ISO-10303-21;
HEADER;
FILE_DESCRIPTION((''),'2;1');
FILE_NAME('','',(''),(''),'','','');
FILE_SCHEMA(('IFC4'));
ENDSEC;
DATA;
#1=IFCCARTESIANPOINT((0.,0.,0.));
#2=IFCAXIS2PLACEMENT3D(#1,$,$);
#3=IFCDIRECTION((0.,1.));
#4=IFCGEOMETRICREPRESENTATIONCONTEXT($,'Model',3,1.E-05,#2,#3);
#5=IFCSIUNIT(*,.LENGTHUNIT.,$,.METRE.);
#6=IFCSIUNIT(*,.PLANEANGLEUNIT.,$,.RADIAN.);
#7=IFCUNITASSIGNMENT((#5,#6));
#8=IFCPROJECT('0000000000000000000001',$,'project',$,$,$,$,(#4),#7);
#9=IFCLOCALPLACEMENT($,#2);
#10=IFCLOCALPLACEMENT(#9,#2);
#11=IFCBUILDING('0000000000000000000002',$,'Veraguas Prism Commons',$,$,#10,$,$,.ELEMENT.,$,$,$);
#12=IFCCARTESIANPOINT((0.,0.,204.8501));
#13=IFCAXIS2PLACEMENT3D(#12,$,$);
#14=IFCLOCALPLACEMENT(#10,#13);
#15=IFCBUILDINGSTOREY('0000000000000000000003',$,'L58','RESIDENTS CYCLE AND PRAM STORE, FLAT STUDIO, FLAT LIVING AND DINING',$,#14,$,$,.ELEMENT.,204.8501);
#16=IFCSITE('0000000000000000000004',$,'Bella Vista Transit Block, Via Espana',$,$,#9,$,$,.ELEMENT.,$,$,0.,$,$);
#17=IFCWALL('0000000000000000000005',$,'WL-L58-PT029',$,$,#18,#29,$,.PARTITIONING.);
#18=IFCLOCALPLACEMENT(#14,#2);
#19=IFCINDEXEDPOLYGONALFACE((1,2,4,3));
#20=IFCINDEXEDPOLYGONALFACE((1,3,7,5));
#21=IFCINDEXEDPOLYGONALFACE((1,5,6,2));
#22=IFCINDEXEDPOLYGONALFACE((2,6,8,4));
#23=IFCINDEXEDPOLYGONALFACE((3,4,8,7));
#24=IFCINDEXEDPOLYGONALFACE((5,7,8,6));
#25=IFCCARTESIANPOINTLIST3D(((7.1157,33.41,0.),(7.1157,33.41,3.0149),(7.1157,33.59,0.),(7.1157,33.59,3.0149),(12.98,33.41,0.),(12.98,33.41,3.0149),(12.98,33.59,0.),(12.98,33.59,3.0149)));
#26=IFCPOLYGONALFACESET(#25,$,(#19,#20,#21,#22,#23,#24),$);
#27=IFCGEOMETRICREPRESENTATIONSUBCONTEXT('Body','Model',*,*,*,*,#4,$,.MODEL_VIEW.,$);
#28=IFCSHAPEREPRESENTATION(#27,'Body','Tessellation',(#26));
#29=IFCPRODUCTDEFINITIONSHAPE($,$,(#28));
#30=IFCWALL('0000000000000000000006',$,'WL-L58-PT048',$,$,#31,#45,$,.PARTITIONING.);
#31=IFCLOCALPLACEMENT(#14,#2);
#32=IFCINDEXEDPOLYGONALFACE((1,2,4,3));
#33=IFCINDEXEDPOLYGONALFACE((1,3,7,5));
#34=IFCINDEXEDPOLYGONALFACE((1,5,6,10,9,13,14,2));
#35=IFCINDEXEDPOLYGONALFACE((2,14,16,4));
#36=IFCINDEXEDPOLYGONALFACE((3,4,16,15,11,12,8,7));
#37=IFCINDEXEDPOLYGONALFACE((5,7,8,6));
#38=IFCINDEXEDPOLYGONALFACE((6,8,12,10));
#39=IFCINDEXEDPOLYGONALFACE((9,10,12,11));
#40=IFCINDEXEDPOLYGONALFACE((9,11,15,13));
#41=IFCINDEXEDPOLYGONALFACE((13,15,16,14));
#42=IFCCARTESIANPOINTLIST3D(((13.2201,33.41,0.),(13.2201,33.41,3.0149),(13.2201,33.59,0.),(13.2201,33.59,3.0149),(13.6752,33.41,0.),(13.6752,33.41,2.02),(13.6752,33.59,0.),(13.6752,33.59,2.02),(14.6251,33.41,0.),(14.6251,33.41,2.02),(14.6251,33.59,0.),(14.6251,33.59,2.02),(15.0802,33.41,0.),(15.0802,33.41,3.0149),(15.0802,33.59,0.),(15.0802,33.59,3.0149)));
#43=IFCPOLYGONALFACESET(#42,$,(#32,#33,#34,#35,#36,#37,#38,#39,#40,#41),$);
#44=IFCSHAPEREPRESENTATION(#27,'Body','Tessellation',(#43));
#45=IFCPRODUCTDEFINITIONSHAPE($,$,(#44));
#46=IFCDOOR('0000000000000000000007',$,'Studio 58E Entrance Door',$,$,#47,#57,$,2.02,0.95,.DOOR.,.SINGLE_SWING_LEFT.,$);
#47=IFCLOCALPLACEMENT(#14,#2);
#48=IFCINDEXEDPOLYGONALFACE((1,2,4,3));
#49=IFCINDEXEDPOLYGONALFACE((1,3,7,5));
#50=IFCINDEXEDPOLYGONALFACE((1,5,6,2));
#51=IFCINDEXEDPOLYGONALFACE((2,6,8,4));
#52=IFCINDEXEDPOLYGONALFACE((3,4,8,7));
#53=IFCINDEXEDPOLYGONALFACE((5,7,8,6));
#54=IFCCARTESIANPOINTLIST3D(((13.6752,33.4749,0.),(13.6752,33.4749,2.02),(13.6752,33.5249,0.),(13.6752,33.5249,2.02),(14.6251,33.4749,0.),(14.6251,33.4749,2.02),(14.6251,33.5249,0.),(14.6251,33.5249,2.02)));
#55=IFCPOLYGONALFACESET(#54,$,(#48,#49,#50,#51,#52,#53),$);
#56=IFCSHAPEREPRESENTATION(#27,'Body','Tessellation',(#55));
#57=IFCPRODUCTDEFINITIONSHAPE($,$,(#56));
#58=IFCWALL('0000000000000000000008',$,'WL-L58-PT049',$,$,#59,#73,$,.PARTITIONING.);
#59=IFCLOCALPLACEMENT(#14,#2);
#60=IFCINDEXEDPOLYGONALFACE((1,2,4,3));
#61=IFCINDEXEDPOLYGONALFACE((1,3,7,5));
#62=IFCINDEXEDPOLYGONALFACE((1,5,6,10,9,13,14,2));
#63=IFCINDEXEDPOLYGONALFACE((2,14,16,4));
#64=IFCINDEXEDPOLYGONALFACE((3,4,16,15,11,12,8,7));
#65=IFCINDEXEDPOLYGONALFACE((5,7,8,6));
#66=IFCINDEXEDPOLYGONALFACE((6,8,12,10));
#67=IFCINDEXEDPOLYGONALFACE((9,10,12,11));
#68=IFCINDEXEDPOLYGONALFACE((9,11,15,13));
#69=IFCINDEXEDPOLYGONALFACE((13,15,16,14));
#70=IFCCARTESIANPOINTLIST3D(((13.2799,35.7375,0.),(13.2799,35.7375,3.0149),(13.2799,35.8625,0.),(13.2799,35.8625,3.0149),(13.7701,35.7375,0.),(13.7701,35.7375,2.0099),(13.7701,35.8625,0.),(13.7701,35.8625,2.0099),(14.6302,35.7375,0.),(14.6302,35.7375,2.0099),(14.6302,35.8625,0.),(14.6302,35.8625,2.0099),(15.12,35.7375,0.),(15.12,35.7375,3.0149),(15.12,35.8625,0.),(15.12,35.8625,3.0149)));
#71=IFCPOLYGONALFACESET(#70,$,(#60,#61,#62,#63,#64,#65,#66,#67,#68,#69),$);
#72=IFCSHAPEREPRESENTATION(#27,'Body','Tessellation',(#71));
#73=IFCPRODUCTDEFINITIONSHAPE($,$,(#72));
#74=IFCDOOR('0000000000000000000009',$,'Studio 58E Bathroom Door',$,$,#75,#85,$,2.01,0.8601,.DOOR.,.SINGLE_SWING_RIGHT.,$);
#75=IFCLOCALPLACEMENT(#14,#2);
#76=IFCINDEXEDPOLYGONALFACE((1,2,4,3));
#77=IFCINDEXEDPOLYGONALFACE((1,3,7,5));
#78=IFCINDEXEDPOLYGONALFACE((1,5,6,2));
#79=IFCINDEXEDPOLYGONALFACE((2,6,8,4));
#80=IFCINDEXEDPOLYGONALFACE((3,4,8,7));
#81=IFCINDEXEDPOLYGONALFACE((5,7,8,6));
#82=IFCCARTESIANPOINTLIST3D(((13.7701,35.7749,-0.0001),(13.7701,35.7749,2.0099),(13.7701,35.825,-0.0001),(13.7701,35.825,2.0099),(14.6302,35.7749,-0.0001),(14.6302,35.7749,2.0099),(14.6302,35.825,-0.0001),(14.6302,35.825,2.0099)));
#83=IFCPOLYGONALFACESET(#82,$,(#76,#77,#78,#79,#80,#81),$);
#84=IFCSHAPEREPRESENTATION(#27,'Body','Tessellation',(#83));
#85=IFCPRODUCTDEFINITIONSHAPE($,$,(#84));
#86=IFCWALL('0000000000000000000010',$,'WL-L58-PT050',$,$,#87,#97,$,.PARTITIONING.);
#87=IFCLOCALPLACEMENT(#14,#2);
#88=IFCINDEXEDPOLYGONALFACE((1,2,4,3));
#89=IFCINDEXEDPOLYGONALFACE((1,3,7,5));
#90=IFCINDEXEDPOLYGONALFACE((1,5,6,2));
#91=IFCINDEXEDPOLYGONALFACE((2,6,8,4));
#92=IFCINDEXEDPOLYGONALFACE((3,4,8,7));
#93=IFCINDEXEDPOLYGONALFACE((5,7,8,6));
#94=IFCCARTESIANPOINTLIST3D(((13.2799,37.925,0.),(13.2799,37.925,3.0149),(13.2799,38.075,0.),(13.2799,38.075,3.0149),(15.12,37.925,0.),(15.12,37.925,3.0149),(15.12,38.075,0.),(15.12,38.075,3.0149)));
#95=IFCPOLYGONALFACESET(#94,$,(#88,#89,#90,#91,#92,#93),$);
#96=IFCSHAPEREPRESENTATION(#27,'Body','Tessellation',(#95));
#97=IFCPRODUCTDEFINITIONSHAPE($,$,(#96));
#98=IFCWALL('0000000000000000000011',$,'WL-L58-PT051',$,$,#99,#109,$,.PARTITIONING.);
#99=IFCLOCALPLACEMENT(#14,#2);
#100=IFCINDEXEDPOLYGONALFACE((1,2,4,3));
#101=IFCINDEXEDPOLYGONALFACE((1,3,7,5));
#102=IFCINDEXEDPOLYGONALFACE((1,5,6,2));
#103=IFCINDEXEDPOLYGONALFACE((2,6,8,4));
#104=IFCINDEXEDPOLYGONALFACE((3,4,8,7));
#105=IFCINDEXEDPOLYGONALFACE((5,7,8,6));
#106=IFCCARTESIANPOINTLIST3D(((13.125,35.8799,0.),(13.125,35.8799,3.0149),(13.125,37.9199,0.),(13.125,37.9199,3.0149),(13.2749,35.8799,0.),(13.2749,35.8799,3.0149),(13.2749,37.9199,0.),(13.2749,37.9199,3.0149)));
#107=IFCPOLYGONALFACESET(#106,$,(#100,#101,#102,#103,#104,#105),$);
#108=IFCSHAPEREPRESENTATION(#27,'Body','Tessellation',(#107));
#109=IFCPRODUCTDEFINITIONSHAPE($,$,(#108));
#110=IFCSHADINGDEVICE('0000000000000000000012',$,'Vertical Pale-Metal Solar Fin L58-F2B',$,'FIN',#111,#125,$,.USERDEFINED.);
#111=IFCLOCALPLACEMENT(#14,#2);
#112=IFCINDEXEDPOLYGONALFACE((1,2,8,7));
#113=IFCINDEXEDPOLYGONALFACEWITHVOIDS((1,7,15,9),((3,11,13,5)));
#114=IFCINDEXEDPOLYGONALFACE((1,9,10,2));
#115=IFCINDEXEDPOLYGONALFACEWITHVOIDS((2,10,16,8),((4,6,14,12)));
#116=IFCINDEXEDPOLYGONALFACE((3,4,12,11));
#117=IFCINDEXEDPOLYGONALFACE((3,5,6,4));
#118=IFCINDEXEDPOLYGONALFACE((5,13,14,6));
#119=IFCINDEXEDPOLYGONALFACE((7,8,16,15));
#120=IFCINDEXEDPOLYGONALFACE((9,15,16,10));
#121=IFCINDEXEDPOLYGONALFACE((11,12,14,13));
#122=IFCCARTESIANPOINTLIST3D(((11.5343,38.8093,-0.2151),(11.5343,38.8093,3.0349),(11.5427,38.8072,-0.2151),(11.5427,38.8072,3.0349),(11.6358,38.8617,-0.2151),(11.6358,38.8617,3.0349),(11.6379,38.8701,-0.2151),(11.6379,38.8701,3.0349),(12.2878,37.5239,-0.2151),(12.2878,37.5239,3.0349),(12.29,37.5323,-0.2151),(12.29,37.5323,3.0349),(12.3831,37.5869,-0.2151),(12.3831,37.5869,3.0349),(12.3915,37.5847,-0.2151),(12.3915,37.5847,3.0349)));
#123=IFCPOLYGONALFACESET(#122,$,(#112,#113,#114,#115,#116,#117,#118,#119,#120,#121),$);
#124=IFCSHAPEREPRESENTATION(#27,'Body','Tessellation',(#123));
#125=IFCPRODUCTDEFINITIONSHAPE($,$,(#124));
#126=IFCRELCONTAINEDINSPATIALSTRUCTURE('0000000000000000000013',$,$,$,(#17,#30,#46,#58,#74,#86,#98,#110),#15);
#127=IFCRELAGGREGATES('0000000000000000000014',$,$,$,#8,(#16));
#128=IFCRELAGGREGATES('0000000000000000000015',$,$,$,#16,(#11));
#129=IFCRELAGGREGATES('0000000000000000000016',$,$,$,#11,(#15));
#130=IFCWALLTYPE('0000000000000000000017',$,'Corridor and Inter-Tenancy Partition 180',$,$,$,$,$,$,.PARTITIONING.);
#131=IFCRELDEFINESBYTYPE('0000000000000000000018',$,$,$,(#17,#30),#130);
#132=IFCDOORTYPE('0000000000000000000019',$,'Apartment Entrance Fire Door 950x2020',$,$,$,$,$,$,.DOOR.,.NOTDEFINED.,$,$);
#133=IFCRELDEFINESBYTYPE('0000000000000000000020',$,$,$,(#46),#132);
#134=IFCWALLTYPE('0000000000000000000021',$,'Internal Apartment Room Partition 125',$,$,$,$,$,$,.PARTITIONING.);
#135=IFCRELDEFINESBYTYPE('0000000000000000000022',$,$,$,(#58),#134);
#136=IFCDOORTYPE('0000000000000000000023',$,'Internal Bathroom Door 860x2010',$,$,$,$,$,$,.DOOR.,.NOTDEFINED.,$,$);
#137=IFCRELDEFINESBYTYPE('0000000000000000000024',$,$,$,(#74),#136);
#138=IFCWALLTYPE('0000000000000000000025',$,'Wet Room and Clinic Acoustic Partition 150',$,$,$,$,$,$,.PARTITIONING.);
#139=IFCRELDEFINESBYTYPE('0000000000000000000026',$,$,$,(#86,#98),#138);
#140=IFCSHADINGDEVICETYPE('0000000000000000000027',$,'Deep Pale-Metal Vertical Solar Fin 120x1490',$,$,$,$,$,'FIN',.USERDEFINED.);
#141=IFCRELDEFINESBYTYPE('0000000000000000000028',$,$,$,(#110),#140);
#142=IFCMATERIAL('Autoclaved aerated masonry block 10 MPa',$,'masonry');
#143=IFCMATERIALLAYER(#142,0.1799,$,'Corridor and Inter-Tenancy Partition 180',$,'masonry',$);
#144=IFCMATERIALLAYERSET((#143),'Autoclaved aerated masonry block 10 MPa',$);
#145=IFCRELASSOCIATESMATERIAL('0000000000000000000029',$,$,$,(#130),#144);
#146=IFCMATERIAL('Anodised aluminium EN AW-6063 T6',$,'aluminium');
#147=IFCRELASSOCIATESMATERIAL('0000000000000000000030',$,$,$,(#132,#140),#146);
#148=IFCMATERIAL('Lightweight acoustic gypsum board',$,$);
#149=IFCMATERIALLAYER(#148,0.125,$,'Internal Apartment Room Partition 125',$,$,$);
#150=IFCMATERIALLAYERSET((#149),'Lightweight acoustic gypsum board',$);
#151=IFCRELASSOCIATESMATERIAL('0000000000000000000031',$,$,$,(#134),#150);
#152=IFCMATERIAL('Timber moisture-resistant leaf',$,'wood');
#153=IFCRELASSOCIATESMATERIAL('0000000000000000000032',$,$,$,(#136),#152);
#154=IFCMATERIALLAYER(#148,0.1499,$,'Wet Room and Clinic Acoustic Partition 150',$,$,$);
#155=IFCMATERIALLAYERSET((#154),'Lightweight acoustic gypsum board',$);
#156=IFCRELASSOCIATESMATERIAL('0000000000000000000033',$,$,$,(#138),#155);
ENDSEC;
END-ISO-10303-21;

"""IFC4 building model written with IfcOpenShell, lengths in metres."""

from ifc_helpers import new_model, si_unit, direction, frame, frame_2d, origin, origin_2d, place, context, subcontext, project, spatial, rectangle, hollow_rectangle, extrude, source, transform, mapped, material, layer, layer_set, material_profile, profile_set, type_object, element, fill, save


model = new_model("IFC4")

# Units and contexts
model_context = context("Model", 3, precision=1e-05, world=origin(), true_north=direction((0.0, 1.0)))
body_context = subcontext(model_context, "Body", "Model", "MODEL_VIEW")
ifc_project = project(units=[si_unit("LENGTHUNIT", "METRE"), si_unit("PLANEANGLEUNIT", "RADIAN")], contexts=[model_context])

# Site, building, storey
site_placement = place(None, origin())
site = spatial("IfcSite", under=ifc_project, at=site_placement, Name="Bella Vista Transit Block, Via Espana", CompositionType="ELEMENT", RefElevation=0.0)
building_placement = place(site_placement, origin())
building = spatial("IfcBuilding", under=site, at=building_placement, Name="Veraguas Prism Commons", CompositionType="ELEMENT")
storey_placement = place(building_placement, frame((0.0, 0.0, 204.8501)))
storey = spatial("IfcBuildingStorey", under=building, at=storey_placement, Name="L58", Description="RESIDENTS CYCLE AND PRAM STORE, FLAT STUDIO, FLAT LIVING AND DINING", CompositionType="ELEMENT", Elevation=204.8501)

# Shared definitions
ifc_material_1 = material(Name="Anodised aluminium EN AW-6063 T6", Category="aluminium")

# Wall
ifc_material_2 = material(Name="Autoclaved aerated masonry block 10 MPa", Category="masonry")
ifc_layer_1 = layer(ifc_material_2, 0.1799, Name="Corridor and Inter-Tenancy Partition 180", Category="masonry")
ifc_layer_set_1 = layer_set([ifc_layer_1], Name="Autoclaved aerated masonry block 10 MPa")
wall_type_1 = type_object("IfcWallType", Name="Corridor and Inter-Tenancy Partition 180", PredefinedType="PARTITIONING", material=ifc_layer_set_1)
wall_1_placement = place(storey_placement, frame((12.98, 33.5, 0.0), z_axis=(0.0, 0.0, 1.0), x_axis=(-1.0, 0.0, 0.0)))
element("IfcWall", 1, at=wall_1_placement, inside=storey, type_object=wall_type_1, Name="WL-L58-PT029", PredefinedType="PARTITIONING", context=body_context, shape_type="SweptSolid", body=[
    extrude(rectangle(XDim=5.8643, YDim=0.1799, at=frame_2d((2.9321, 0.0))), origin(), (0.0, 0.0, 1.0), 3.0149),
])

# Walls, openings, doors
wall_2_placement = place(storey_placement, frame((13.22, 33.5, 0.0), z_axis=(0.0, 0.0, 1.0), x_axis=(1.0, 0.0, 0.0)))
wall_2 = element("IfcWall", 2, at=wall_2_placement, inside=storey, type_object=wall_type_1, Name="WL-L58-PT048", PredefinedType="PARTITIONING", context=body_context, shape_type="SweptSolid", body=[
    extrude(rectangle(XDim=1.8601, YDim=0.1799, at=frame_2d((0.9302, 0.0))), origin(), (0.0, 0.0, 1.0), 3.0149),
])
opening_1_placement = place(wall_2_placement, frame((0.4551, 0.0, 0.0)))
opening_1 = element("IfcOpeningElement", 3, at=opening_1_placement, cuts=wall_2, PredefinedType="OPENING", context=body_context, shape_type="SweptSolid", body=[
    extrude(rectangle(XDim=0.95, YDim=2.02, at=frame_2d((0.4751, 1.01))), frame((0.0, 0.0999, 0.0), z_axis=(0.0, -1.0, 0.0), x_axis=(1.0, 0.0, 0.0)), (0.0, 0.0, 1.0), 0.2),
])
door_type_1 = type_object("IfcDoorType", Name="Apartment Entrance Fire Door 950x2020", OperationType="NOTDEFINED", PredefinedType="DOOR", material=ifc_material_1)
shared_shape_1 = source(origin(), body_context, "Body", "SweptSolid", [
    extrude(rectangle(XDim=0.95, YDim=2.02, at=frame_2d((0.4751, 1.01))), frame((0.0, 0.0249, 0.0), z_axis=(0.0, -1.0, 0.0), x_axis=(1.0, 0.0, 0.0)), (0.0, 0.0, 1.0), 0.05),
])
door_1_placement = place(opening_1_placement, origin())
door_1 = element("IfcDoor", 4, at=door_1_placement, inside=storey, type_object=door_type_1, Name="Studio 58E Entrance Door", OperationType="SINGLE_SWING_LEFT", OverallHeight=2.02, OverallWidth=0.95, PredefinedType="DOOR", context=body_context, shape_type="MappedRepresentation", body=[
    mapped(shared_shape_1, transform((0.0, 0.0, 0.0), scale=1.0)),
])
fill(opening_1, door_1)
ifc_material_3 = material(Name="Lightweight acoustic gypsum board")
ifc_layer_2 = layer(ifc_material_3, 0.125, Name="Internal Apartment Room Partition 125")
ifc_layer_set_2 = layer_set([ifc_layer_2], Name="Lightweight acoustic gypsum board")
wall_type_2 = type_object("IfcWallType", Name="Internal Apartment Room Partition 125", PredefinedType="PARTITIONING", material=ifc_layer_set_2)
wall_3_placement = place(storey_placement, frame((13.28, 35.8, 0.0), z_axis=(0.0, 0.0, 1.0), x_axis=(1.0, 0.0, 0.0)))
wall_3 = element("IfcWall", 5, at=wall_3_placement, inside=storey, type_object=wall_type_2, Name="WL-L58-PT049", PredefinedType="PARTITIONING", context=body_context, shape_type="SweptSolid", body=[
    extrude(rectangle(XDim=1.8401, YDim=0.125, at=frame_2d((0.9199, 0.0))), origin(), (0.0, 0.0, 1.0), 3.0149),
])
opening_2_placement = place(wall_3_placement, frame((0.49, 0.0, 0.0)))
opening_2 = element("IfcOpeningElement", 6, at=opening_2_placement, cuts=wall_3, PredefinedType="OPENING", context=body_context, shape_type="SweptSolid", body=[
    extrude(rectangle(XDim=0.8601, YDim=2.01, at=frame_2d((0.4302, 1.0049))), frame((0.0, 0.0725, 0.0), z_axis=(0.0, -1.0, 0.0), x_axis=(1.0, 0.0, 0.0)), (0.0, 0.0, 1.0), 0.145),
])
ifc_material_4 = material(Name="Timber moisture-resistant leaf", Category="wood")
door_type_2 = type_object("IfcDoorType", Name="Internal Bathroom Door 860x2010", OperationType="NOTDEFINED", PredefinedType="DOOR", material=ifc_material_4)
shared_shape_2 = source(origin(), body_context, "Body", "SweptSolid", [
    extrude(rectangle(XDim=0.8601, YDim=2.01, at=frame_2d((0.4302, 1.0049))), frame((0.0, 0.0249, 0.0), z_axis=(0.0, -1.0, 0.0), x_axis=(1.0, 0.0, 0.0)), (0.0, 0.0, 1.0), 0.05),
])
door_2_placement = place(opening_2_placement, origin())
door_2 = element("IfcDoor", 7, at=door_2_placement, inside=storey, type_object=door_type_2, Name="Studio 58E Bathroom Door", OperationType="SINGLE_SWING_RIGHT", OverallHeight=2.01, OverallWidth=0.8601, PredefinedType="DOOR", context=body_context, shape_type="MappedRepresentation", body=[
    mapped(shared_shape_2, transform((0.0, 0.0, 0.0), scale=1.0)),
])
fill(opening_2, door_2)

# Walls
ifc_layer_3 = layer(ifc_material_3, 0.1499, Name="Wet Room and Clinic Acoustic Partition 150")
ifc_layer_set_3 = layer_set([ifc_layer_3], Name="Lightweight acoustic gypsum board")
wall_type_3 = type_object("IfcWallType", Name="Wet Room and Clinic Acoustic Partition 150", PredefinedType="PARTITIONING", material=ifc_layer_set_3)
wall_4_placement = place(storey_placement, frame((13.28, 38.0, 0.0), z_axis=(0.0, 0.0, 1.0), x_axis=(1.0, 0.0, 0.0)))
element("IfcWall", 8, at=wall_4_placement, inside=storey, type_object=wall_type_3, Name="WL-L58-PT050", PredefinedType="PARTITIONING", context=body_context, shape_type="SweptSolid", body=[
    extrude(rectangle(XDim=1.8401, YDim=0.1499, at=frame_2d((0.9199, 0.0))), origin(), (0.0, 0.0, 1.0), 3.0149),
])
wall_5_placement = place(storey_placement, frame((13.2, 35.8799, 0.0), z_axis=(0.0, 0.0, 1.0), x_axis=(0.0, 1.0, 0.0)))
element("IfcWall", 9, at=wall_5_placement, inside=storey, type_object=wall_type_3, Name="WL-L58-PT051", PredefinedType="PARTITIONING", context=body_context, shape_type="SweptSolid", body=[
    extrude(rectangle(XDim=2.04, YDim=0.1499, at=frame_2d((1.02, 0.0))), origin(), (0.0, 0.0, 1.0), 3.0149),
])

# Shading device
ifc_material_profile_1 = material_profile(ifc_material_1, hollow_rectangle(XDim=0.1201, YDim=1.49, WallThickness=0.0061, at=origin_2d()), Name="FIN120X1490X6")
ifc_profile_set_1 = profile_set([ifc_material_profile_1], Name="Anodised aluminium EN AW-6063 T6")
shading_device_type = type_object("IfcShadingDeviceType", Name="Deep Pale-Metal Vertical Solar Fin 120x1490", ElementType="FIN", PredefinedType="USERDEFINED", material=ifc_profile_set_1)
shading_device_placement = place(storey_placement, frame((11.9629, 38.197, -0.2151), z_axis=(0.0, 0.0, 1.0), x_axis=(-0.862689, -0.505734, 0.0)))
element("IfcShadingDevice", 10, at=shading_device_placement, inside=storey, type_object=shading_device_type, Name="Vertical Pale-Metal Solar Fin L58-F2B", ObjectType="FIN", PredefinedType="USERDEFINED", context=body_context, shape_type="SweptSolid", body=[
    extrude(hollow_rectangle(XDim=0.1201, YDim=1.49, WallThickness=0.0061, at=origin_2d()), origin(), (0.0, 0.0, 1.0), 3.25),
])

save(model, "model.ifc")
